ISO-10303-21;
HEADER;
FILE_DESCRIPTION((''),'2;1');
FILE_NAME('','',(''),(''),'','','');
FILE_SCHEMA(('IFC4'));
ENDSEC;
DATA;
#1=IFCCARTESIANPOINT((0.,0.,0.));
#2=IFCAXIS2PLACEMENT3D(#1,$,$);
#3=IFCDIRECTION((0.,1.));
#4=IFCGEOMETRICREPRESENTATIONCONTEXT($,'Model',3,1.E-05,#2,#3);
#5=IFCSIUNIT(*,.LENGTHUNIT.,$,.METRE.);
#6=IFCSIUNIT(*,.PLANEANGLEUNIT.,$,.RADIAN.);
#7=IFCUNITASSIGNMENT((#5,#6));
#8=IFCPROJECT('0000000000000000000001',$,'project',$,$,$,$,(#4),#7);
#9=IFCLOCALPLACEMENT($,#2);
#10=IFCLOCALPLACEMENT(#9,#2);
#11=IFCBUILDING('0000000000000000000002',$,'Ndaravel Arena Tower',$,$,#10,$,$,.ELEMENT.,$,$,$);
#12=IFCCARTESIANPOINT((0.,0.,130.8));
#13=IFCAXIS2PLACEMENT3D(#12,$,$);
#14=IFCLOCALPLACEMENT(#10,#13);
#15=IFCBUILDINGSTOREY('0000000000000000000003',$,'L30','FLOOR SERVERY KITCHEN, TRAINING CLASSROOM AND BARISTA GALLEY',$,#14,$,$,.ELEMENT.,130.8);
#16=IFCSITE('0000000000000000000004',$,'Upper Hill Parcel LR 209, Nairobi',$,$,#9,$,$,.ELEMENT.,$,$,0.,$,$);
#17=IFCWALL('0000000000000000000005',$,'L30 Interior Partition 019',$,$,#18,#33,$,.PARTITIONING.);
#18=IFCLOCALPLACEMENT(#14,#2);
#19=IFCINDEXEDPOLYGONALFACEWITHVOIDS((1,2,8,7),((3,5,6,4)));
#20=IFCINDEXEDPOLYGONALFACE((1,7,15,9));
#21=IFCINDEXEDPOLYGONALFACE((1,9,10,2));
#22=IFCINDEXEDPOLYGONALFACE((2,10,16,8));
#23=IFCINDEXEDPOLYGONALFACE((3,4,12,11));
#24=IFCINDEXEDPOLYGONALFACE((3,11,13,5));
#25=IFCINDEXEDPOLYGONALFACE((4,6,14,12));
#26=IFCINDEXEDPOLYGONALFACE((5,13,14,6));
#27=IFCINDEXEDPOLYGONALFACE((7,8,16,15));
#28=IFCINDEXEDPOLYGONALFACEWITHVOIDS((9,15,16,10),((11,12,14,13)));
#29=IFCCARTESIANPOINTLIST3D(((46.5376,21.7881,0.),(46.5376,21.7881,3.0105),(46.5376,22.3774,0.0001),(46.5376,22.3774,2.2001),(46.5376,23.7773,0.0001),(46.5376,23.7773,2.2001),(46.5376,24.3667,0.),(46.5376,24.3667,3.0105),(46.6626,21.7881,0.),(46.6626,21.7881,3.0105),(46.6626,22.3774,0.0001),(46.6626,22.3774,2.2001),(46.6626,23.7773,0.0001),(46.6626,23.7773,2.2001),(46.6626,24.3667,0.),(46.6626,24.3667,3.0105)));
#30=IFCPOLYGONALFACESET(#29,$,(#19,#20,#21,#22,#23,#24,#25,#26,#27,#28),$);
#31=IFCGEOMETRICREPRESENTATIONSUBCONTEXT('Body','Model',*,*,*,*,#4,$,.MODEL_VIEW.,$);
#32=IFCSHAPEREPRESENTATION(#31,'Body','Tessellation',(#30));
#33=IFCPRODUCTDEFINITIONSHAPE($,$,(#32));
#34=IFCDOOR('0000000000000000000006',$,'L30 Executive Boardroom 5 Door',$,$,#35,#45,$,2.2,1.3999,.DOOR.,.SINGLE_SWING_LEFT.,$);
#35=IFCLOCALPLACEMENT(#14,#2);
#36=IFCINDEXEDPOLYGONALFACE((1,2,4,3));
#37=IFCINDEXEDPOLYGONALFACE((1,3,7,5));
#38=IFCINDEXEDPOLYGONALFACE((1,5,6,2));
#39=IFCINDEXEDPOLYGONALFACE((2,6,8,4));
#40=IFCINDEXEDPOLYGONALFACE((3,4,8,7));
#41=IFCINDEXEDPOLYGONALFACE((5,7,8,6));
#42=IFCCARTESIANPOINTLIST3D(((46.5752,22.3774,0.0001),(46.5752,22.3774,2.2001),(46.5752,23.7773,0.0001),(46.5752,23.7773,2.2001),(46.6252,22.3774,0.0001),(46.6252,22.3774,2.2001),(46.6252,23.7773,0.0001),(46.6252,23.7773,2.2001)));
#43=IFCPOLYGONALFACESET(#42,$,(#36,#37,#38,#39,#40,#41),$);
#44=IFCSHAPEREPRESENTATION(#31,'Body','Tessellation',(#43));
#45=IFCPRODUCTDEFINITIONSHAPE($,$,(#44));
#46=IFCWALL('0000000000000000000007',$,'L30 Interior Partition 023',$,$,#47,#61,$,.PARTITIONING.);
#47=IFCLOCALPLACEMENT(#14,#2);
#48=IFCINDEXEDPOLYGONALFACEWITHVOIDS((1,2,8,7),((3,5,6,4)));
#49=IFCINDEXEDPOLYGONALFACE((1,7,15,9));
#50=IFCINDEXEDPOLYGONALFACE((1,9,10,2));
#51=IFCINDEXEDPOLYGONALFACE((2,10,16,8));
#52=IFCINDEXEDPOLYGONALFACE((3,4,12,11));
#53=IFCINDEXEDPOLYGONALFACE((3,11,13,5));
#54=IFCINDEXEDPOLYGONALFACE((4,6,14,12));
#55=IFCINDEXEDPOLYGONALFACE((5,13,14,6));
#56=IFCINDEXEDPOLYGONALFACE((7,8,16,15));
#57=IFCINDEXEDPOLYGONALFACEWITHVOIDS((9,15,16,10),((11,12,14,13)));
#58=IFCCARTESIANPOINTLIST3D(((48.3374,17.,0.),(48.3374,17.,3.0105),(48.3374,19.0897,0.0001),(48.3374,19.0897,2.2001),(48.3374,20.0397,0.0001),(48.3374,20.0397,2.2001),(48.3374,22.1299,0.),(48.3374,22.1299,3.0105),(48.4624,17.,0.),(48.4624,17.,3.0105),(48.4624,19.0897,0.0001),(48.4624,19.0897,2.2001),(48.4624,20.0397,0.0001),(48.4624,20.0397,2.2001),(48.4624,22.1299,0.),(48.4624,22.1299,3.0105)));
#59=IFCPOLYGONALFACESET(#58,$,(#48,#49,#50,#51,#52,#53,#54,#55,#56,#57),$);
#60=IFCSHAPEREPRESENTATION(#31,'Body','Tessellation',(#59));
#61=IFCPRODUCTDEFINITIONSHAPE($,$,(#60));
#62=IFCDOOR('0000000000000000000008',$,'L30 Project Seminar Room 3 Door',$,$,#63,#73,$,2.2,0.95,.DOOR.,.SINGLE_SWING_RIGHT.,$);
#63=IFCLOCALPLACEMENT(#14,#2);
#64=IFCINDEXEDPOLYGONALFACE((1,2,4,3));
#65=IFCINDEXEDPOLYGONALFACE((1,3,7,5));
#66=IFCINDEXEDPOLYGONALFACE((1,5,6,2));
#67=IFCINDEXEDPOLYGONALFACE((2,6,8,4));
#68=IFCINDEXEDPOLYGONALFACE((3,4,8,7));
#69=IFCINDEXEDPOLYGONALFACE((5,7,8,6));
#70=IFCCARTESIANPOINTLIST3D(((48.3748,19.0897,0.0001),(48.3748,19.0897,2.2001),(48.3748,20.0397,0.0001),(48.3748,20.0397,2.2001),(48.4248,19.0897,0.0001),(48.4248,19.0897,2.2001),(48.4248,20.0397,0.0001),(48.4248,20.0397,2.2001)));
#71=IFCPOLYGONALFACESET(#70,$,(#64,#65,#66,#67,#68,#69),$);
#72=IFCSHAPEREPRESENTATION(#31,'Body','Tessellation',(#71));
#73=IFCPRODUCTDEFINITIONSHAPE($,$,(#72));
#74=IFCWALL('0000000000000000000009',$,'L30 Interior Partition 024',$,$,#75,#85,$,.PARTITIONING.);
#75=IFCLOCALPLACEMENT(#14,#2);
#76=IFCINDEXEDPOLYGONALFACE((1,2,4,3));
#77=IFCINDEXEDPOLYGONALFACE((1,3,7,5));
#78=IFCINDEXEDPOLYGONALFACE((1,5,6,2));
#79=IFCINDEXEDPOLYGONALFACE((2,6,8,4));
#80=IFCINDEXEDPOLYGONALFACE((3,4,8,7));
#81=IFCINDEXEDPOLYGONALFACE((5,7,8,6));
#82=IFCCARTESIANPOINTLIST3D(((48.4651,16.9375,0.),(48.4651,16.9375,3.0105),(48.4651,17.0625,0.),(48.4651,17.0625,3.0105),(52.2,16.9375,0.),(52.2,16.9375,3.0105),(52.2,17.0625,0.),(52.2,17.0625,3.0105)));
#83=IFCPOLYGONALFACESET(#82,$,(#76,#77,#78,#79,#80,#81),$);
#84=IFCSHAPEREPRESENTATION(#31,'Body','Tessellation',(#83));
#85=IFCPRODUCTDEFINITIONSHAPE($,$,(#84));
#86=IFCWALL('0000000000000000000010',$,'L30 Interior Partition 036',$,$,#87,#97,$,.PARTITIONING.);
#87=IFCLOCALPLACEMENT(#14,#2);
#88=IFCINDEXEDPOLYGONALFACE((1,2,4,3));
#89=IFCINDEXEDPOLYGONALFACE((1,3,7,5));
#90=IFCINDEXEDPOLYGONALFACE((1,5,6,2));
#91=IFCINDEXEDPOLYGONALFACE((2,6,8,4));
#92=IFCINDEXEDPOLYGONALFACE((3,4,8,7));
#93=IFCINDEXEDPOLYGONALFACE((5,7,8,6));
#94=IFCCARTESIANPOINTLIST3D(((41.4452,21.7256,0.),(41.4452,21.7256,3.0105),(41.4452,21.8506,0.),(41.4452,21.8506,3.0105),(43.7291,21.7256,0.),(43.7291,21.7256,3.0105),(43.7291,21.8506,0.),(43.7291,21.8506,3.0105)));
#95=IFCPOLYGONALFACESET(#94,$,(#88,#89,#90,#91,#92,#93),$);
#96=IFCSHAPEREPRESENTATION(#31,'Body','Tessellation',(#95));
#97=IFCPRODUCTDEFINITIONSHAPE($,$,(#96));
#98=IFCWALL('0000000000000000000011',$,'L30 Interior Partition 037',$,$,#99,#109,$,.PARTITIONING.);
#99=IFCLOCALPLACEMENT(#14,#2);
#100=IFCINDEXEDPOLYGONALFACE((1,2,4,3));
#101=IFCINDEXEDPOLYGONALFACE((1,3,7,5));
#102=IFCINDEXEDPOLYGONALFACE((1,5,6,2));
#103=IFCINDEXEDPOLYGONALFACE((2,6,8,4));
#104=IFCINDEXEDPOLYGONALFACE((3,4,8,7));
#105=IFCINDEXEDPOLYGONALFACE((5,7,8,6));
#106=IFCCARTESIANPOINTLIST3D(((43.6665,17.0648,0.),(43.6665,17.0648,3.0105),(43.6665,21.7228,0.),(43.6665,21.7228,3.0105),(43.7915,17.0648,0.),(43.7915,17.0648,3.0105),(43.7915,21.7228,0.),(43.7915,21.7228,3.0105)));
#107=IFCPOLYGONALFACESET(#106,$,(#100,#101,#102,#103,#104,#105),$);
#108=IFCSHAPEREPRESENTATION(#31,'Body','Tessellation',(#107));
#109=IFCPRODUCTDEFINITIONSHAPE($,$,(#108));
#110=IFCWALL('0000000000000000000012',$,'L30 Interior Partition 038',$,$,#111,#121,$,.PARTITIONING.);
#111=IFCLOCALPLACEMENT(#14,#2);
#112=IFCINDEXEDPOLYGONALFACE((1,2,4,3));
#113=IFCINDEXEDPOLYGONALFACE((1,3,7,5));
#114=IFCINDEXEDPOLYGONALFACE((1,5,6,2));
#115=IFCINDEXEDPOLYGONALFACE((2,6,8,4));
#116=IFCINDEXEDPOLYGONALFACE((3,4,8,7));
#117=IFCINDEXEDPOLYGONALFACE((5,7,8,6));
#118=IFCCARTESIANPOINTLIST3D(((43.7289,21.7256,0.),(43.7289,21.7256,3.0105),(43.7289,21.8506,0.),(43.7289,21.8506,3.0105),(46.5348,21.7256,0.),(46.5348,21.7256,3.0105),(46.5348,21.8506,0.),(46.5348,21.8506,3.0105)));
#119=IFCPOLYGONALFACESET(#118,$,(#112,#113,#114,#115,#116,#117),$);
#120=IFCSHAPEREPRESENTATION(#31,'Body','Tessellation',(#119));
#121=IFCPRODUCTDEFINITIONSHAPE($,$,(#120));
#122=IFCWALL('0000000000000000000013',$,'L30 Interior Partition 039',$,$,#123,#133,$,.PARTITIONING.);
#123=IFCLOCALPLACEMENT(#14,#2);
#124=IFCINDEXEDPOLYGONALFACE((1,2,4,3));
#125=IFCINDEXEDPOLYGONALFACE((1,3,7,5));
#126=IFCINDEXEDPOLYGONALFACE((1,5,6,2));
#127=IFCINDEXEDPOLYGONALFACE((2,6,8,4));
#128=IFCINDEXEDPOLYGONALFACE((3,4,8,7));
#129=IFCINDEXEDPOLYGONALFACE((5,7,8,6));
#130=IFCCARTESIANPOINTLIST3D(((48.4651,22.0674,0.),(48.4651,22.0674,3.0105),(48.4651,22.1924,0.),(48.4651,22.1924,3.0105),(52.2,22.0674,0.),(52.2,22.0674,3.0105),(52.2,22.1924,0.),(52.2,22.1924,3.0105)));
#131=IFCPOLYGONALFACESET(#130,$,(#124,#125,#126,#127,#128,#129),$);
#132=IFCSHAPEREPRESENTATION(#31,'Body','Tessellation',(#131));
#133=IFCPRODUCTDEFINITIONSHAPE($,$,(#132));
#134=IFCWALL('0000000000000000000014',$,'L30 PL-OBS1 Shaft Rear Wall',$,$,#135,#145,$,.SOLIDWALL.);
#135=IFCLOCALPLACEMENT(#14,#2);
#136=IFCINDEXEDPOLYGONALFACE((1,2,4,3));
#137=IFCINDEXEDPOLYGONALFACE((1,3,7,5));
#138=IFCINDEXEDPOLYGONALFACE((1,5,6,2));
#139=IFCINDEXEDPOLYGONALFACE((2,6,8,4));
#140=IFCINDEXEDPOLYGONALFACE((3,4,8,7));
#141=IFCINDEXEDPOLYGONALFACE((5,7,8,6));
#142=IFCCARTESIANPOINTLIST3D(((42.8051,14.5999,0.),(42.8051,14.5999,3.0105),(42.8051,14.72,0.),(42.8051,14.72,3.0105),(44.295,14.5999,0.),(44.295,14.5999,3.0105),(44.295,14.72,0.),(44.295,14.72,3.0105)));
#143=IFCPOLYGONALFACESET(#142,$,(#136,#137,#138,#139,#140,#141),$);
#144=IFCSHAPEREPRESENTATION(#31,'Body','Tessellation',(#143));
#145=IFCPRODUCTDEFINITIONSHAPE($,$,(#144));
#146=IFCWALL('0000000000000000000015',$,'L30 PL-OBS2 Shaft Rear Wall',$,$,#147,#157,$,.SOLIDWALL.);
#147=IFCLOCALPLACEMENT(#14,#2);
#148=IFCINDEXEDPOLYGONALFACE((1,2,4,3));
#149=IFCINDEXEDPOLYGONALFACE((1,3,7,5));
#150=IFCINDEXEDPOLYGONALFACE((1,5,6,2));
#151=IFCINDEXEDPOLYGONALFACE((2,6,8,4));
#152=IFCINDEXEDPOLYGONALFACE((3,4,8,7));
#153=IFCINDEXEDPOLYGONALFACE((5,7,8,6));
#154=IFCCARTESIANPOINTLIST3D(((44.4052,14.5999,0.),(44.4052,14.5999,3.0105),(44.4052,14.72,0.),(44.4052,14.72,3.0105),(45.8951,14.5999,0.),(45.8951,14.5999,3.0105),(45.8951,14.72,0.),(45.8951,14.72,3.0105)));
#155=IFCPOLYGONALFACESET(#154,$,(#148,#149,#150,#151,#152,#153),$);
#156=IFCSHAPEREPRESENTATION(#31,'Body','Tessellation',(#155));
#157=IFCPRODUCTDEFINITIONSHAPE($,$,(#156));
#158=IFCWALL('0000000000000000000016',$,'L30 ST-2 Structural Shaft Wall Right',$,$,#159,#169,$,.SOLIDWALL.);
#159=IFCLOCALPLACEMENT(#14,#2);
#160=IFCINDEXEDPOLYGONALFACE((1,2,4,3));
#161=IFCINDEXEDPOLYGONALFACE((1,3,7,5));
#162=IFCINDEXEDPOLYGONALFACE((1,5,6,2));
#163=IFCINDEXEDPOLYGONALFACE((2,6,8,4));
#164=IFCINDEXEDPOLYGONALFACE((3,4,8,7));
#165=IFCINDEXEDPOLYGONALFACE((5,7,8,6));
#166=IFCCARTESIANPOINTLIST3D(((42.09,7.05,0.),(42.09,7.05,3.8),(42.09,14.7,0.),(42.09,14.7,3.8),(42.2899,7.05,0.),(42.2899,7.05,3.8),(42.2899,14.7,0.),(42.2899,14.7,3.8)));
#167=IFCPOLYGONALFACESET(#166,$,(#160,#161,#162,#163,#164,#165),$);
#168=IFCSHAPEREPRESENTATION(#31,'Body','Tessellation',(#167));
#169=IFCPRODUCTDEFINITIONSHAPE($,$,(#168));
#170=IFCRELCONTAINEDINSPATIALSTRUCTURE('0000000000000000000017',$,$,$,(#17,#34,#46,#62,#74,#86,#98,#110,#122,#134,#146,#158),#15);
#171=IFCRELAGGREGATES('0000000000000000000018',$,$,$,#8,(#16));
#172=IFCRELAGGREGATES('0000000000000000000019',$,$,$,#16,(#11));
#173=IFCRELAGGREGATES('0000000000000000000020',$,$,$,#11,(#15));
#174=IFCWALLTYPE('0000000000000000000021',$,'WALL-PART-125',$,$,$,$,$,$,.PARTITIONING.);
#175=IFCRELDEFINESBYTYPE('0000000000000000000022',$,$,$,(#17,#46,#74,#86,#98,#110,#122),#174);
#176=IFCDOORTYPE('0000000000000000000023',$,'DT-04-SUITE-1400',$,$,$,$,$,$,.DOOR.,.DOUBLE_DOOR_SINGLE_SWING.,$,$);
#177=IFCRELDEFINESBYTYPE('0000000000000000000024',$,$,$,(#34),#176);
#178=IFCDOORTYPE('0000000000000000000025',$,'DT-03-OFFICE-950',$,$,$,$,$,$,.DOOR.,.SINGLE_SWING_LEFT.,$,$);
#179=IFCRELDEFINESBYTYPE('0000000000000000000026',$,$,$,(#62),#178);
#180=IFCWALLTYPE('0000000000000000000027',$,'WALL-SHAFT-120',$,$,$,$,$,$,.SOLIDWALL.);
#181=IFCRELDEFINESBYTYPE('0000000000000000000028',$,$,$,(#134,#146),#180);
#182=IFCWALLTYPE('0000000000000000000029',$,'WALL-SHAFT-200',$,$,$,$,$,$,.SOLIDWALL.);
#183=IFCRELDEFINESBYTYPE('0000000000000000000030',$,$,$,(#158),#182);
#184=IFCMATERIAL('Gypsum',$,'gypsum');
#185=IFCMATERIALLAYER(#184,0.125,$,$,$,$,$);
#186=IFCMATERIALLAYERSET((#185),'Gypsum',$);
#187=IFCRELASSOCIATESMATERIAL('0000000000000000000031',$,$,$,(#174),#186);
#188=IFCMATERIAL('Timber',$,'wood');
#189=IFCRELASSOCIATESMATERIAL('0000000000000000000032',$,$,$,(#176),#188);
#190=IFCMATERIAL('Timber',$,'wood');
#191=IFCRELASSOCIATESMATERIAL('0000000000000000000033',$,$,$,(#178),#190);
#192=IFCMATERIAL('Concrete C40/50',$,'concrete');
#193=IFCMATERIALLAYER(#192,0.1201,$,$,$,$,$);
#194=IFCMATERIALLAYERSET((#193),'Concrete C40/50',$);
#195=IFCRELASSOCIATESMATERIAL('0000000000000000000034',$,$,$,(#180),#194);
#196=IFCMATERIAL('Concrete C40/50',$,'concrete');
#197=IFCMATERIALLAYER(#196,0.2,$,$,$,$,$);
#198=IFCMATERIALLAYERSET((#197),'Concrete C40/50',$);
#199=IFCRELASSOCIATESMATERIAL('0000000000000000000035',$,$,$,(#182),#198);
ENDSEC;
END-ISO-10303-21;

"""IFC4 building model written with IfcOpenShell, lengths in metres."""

from ifc_helpers import new_model, si_unit, direction, frame, frame_2d, origin, place, context, subcontext, project, spatial, rectangle, extrude, material, layer, layer_set, type_object, element, fill, save


model = new_model("IFC4")

# Units and contexts
model_context = context("Model", 3, precision=1e-05, world=origin(), true_north=direction((0.0, 1.0)))
body_context = subcontext(model_context, "Body", "Model", "MODEL_VIEW")
ifc_project = project(units=[si_unit("LENGTHUNIT", "METRE"), si_unit("PLANEANGLEUNIT", "RADIAN")], contexts=[model_context])

# Site, building, storey
site_placement = place(None, origin())
site = spatial("IfcSite", under=ifc_project, at=site_placement, Name="Upper Hill Parcel LR 209, Nairobi", CompositionType="ELEMENT", RefElevation=0.0)
building_placement = place(site_placement, origin())
building = spatial("IfcBuilding", under=site, at=building_placement, Name="Ndaravel Arena Tower", CompositionType="ELEMENT")
storey_placement = place(building_placement, frame((0.0, 0.0, 130.8)))
storey = spatial("IfcBuildingStorey", under=building, at=storey_placement, Name="L30", Description="FLOOR SERVERY KITCHEN, TRAINING CLASSROOM AND BARISTA GALLEY", CompositionType="ELEMENT", Elevation=130.8)

# Shared definitions
ifc_material_1 = material(Name="Gypsum", Category="gypsum")
ifc_layer_1 = layer(ifc_material_1, 0.125)
ifc_layer_set_1 = layer_set([ifc_layer_1], Name="Gypsum")
wall_type_1 = type_object("IfcWallType", Name="WALL-PART-125", PredefinedType="PARTITIONING", material=ifc_layer_set_1)

# Walls, openings, doors
ifc_material_2 = material(Name="Timber", Category="wood")
door_type_1 = type_object("IfcDoorType", Name="DT-04-SUITE-1400", OperationType="DOUBLE_DOOR_SINGLE_SWING", PredefinedType="DOOR", material=ifc_material_2)
wall_1_placement = place(storey_placement, frame((46.6001, 21.7881, 0.0), z_axis=(0.0, 0.0, 1.0), x_axis=(0.0, 1.0, 0.0)))
wall_1 = element("IfcWall", 1, at=wall_1_placement, inside=storey, type_object=wall_type_1, Name="L30 Interior Partition 019", PredefinedType="PARTITIONING", context=body_context, shape_type="SweptSolid", body=[
    extrude(rectangle(XDim=2.5786, YDim=0.125, at=frame_2d((1.2893, 0.0))), origin(), (0.0, 0.0, 1.0), 3.0105),
])
opening_1_placement = place(wall_1_placement, frame((0.5894, 0.0, 0.0)))
opening_1 = element("IfcOpeningElement", 2, at=opening_1_placement, cuts=wall_1, PredefinedType="OPENING", context=body_context, shape_type="SweptSolid", body=[
    extrude(rectangle(XDim=1.3999, YDim=2.2, at=frame_2d((0.7, 1.1001))), frame((0.0, 0.0625, 0.0), z_axis=(0.0, -1.0, 0.0), x_axis=(1.0, 0.0, 0.0)), (0.0, 0.0, 1.0), 0.125),
])
door_1_placement = place(opening_1_placement, origin())
door_1 = element("IfcDoor", 3, at=door_1_placement, inside=storey, type_object=door_type_1, Name="L30 Executive Boardroom 5 Door", OperationType="SINGLE_SWING_LEFT", OverallHeight=2.2, OverallWidth=1.3999, PredefinedType="DOOR", context=body_context, shape_type="SweptSolid", body=[
    extrude(rectangle(XDim=1.3999, YDim=2.2, at=frame_2d((0.7, 1.1001))), frame((0.0, 0.0249, 0.0), z_axis=(0.0, -1.0, 0.0), x_axis=(1.0, 0.0, 0.0)), (0.0, 0.0, 1.0), 0.05),
])
fill(opening_1, door_1)
wall_2_placement = place(storey_placement, frame((48.3999, 22.1299, 0.0), z_axis=(0.0, 0.0, 1.0), x_axis=(0.0, -1.0, 0.0)))
wall_2 = element("IfcWall", 4, at=wall_2_placement, inside=storey, type_object=wall_type_1, Name="L30 Interior Partition 023", PredefinedType="PARTITIONING", context=body_context, shape_type="SweptSolid", body=[
    extrude(rectangle(XDim=5.1299, YDim=0.125, at=frame_2d((2.5649, 0.0))), origin(), (0.0, 0.0, 1.0), 3.0105),
])
opening_2_placement = place(wall_2_placement, frame((2.0901, 0.0, 0.0)))
opening_2 = element("IfcOpeningElement", 5, at=opening_2_placement, cuts=wall_2, PredefinedType="OPENING", context=body_context, shape_type="SweptSolid", body=[
    extrude(rectangle(XDim=0.95, YDim=2.2, at=frame_2d((0.4751, 1.1001))), frame((0.0, 0.0625, 0.0), z_axis=(0.0, -1.0, 0.0), x_axis=(1.0, 0.0, 0.0)), (0.0, 0.0, 1.0), 0.125),
])
ifc_material_3 = material(Name="Timber", Category="wood")
door_type_2 = type_object("IfcDoorType", Name="DT-03-OFFICE-950", OperationType="SINGLE_SWING_LEFT", PredefinedType="DOOR", material=ifc_material_3)
door_2_placement = place(opening_2_placement, origin())
door_2 = element("IfcDoor", 6, at=door_2_placement, inside=storey, type_object=door_type_2, Name="L30 Project Seminar Room 3 Door", OperationType="SINGLE_SWING_RIGHT", OverallHeight=2.2, OverallWidth=0.95, PredefinedType="DOOR", context=body_context, shape_type="SweptSolid", body=[
    extrude(rectangle(XDim=0.95, YDim=2.2, at=frame_2d((0.4751, 1.1001))), frame((0.0, 0.0249, 0.0), z_axis=(0.0, -1.0, 0.0), x_axis=(1.0, 0.0, 0.0)), (0.0, 0.0, 1.0), 0.05),
])
fill(opening_2, door_2)

# Walls
wall_3_placement = place(storey_placement, frame((48.4651, 17.0, 0.0), z_axis=(0.0, 0.0, 1.0), x_axis=(1.0, 0.0, 0.0)))
element("IfcWall", 7, at=wall_3_placement, inside=storey, type_object=wall_type_1, Name="L30 Interior Partition 024", PredefinedType="PARTITIONING", context=body_context, shape_type="SweptSolid", body=[
    extrude(rectangle(XDim=3.7349, YDim=0.125, at=frame_2d((1.8674, 0.0))), origin(), (0.0, 0.0, 1.0), 3.0105),
])
wall_4_placement = place(storey_placement, frame((41.4451, 21.7881, 0.0), z_axis=(0.0, 0.0, 1.0), x_axis=(1.0, 0.0, 0.0)))
element("IfcWall", 8, at=wall_4_placement, inside=storey, type_object=wall_type_1, Name="L30 Interior Partition 036", PredefinedType="PARTITIONING", context=body_context, shape_type="SweptSolid", body=[
    extrude(rectangle(XDim=2.2839, YDim=0.125, at=frame_2d((1.1421, 0.0))), origin(), (0.0, 0.0, 1.0), 3.0105),
])
wall_5_placement = place(storey_placement, frame((43.729, 21.7229, 0.0), z_axis=(0.0, 0.0, 1.0), x_axis=(0.0, -1.0, 0.0)))
element("IfcWall", 9, at=wall_5_placement, inside=storey, type_object=wall_type_1, Name="L30 Interior Partition 037", PredefinedType="PARTITIONING", context=body_context, shape_type="SweptSolid", body=[
    extrude(rectangle(XDim=4.658, YDim=0.125, at=frame_2d((2.3291, 0.0))), origin(), (0.0, 0.0, 1.0), 3.0105),
])
wall_6_placement = place(storey_placement, frame((43.729, 21.7881, 0.0), z_axis=(0.0, 0.0, 1.0), x_axis=(1.0, 0.0, 0.0)))
element("IfcWall", 10, at=wall_6_placement, inside=storey, type_object=wall_type_1, Name="L30 Interior Partition 038", PredefinedType="PARTITIONING", context=body_context, shape_type="SweptSolid", body=[
    extrude(rectangle(XDim=2.8059, YDim=0.125, at=frame_2d((1.4028, 0.0))), origin(), (0.0, 0.0, 1.0), 3.0105),
])
wall_7_placement = place(storey_placement, frame((48.4651, 22.1299, 0.0), z_axis=(0.0, 0.0, 1.0), x_axis=(1.0, 0.0, 0.0)))
element("IfcWall", 11, at=wall_7_placement, inside=storey, type_object=wall_type_1, Name="L30 Interior Partition 039", PredefinedType="PARTITIONING", context=body_context, shape_type="SweptSolid", body=[
    extrude(rectangle(XDim=3.7349, YDim=0.125, at=frame_2d((1.8674, 0.0))), origin(), (0.0, 0.0, 1.0), 3.0105),
])
ifc_material_4 = material(Name="Concrete C40/50", Category="concrete")
ifc_layer_2 = layer(ifc_material_4, 0.1201)
ifc_layer_set_2 = layer_set([ifc_layer_2], Name="Concrete C40/50")
wall_type_2 = type_object("IfcWallType", Name="WALL-SHAFT-120", PredefinedType="SOLIDWALL", material=ifc_layer_set_2)
for number, where, z_axis, x_axis, name in (
    (12, (42.8049, 14.6599, 0.0), (0.0, 0.0, 1.0), (1.0, 0.0, 0.0), "L30 PL-OBS1 Shaft Rear Wall"),
    (13, (44.405, 14.6599, 0.0), (0.0, 0.0, 1.0), (1.0, 0.0, 0.0), "L30 PL-OBS2 Shaft Rear Wall"),
):
    element("IfcWall", number, at=place(storey_placement, frame(where, z_axis=z_axis, x_axis=x_axis)), inside=storey, type_object=wall_type_2, Name=name, PredefinedType="SOLIDWALL", context=body_context, shape_type="SweptSolid", body=[
        extrude(rectangle(XDim=1.49, YDim=0.1201, at=frame_2d((0.7451, 0.0))), origin(), (0.0, 0.0, 1.0), 3.0105),
    ])
ifc_material_5 = material(Name="Concrete C40/50", Category="concrete")
ifc_layer_3 = layer(ifc_material_5, 0.2)
ifc_layer_set_3 = layer_set([ifc_layer_3], Name="Concrete C40/50")
wall_type_3 = type_object("IfcWallType", Name="WALL-SHAFT-200", PredefinedType="SOLIDWALL", material=ifc_layer_set_3)
wall_8_placement = place(storey_placement, frame((42.1899, 14.7, 0.0), z_axis=(0.0, 0.0, 1.0), x_axis=(0.0, -1.0, 0.0)))
element("IfcWall", 14, at=wall_8_placement, inside=storey, type_object=wall_type_3, Name="L30 ST-2 Structural Shaft Wall Right", PredefinedType="SOLIDWALL", context=body_context, shape_type="SweptSolid", body=[
    extrude(rectangle(XDim=7.6499, YDim=0.2, at=frame_2d((3.825, 0.0))), origin(), (0.0, 0.0, 1.0), 3.8),
])

save(model, "model.ifc")
